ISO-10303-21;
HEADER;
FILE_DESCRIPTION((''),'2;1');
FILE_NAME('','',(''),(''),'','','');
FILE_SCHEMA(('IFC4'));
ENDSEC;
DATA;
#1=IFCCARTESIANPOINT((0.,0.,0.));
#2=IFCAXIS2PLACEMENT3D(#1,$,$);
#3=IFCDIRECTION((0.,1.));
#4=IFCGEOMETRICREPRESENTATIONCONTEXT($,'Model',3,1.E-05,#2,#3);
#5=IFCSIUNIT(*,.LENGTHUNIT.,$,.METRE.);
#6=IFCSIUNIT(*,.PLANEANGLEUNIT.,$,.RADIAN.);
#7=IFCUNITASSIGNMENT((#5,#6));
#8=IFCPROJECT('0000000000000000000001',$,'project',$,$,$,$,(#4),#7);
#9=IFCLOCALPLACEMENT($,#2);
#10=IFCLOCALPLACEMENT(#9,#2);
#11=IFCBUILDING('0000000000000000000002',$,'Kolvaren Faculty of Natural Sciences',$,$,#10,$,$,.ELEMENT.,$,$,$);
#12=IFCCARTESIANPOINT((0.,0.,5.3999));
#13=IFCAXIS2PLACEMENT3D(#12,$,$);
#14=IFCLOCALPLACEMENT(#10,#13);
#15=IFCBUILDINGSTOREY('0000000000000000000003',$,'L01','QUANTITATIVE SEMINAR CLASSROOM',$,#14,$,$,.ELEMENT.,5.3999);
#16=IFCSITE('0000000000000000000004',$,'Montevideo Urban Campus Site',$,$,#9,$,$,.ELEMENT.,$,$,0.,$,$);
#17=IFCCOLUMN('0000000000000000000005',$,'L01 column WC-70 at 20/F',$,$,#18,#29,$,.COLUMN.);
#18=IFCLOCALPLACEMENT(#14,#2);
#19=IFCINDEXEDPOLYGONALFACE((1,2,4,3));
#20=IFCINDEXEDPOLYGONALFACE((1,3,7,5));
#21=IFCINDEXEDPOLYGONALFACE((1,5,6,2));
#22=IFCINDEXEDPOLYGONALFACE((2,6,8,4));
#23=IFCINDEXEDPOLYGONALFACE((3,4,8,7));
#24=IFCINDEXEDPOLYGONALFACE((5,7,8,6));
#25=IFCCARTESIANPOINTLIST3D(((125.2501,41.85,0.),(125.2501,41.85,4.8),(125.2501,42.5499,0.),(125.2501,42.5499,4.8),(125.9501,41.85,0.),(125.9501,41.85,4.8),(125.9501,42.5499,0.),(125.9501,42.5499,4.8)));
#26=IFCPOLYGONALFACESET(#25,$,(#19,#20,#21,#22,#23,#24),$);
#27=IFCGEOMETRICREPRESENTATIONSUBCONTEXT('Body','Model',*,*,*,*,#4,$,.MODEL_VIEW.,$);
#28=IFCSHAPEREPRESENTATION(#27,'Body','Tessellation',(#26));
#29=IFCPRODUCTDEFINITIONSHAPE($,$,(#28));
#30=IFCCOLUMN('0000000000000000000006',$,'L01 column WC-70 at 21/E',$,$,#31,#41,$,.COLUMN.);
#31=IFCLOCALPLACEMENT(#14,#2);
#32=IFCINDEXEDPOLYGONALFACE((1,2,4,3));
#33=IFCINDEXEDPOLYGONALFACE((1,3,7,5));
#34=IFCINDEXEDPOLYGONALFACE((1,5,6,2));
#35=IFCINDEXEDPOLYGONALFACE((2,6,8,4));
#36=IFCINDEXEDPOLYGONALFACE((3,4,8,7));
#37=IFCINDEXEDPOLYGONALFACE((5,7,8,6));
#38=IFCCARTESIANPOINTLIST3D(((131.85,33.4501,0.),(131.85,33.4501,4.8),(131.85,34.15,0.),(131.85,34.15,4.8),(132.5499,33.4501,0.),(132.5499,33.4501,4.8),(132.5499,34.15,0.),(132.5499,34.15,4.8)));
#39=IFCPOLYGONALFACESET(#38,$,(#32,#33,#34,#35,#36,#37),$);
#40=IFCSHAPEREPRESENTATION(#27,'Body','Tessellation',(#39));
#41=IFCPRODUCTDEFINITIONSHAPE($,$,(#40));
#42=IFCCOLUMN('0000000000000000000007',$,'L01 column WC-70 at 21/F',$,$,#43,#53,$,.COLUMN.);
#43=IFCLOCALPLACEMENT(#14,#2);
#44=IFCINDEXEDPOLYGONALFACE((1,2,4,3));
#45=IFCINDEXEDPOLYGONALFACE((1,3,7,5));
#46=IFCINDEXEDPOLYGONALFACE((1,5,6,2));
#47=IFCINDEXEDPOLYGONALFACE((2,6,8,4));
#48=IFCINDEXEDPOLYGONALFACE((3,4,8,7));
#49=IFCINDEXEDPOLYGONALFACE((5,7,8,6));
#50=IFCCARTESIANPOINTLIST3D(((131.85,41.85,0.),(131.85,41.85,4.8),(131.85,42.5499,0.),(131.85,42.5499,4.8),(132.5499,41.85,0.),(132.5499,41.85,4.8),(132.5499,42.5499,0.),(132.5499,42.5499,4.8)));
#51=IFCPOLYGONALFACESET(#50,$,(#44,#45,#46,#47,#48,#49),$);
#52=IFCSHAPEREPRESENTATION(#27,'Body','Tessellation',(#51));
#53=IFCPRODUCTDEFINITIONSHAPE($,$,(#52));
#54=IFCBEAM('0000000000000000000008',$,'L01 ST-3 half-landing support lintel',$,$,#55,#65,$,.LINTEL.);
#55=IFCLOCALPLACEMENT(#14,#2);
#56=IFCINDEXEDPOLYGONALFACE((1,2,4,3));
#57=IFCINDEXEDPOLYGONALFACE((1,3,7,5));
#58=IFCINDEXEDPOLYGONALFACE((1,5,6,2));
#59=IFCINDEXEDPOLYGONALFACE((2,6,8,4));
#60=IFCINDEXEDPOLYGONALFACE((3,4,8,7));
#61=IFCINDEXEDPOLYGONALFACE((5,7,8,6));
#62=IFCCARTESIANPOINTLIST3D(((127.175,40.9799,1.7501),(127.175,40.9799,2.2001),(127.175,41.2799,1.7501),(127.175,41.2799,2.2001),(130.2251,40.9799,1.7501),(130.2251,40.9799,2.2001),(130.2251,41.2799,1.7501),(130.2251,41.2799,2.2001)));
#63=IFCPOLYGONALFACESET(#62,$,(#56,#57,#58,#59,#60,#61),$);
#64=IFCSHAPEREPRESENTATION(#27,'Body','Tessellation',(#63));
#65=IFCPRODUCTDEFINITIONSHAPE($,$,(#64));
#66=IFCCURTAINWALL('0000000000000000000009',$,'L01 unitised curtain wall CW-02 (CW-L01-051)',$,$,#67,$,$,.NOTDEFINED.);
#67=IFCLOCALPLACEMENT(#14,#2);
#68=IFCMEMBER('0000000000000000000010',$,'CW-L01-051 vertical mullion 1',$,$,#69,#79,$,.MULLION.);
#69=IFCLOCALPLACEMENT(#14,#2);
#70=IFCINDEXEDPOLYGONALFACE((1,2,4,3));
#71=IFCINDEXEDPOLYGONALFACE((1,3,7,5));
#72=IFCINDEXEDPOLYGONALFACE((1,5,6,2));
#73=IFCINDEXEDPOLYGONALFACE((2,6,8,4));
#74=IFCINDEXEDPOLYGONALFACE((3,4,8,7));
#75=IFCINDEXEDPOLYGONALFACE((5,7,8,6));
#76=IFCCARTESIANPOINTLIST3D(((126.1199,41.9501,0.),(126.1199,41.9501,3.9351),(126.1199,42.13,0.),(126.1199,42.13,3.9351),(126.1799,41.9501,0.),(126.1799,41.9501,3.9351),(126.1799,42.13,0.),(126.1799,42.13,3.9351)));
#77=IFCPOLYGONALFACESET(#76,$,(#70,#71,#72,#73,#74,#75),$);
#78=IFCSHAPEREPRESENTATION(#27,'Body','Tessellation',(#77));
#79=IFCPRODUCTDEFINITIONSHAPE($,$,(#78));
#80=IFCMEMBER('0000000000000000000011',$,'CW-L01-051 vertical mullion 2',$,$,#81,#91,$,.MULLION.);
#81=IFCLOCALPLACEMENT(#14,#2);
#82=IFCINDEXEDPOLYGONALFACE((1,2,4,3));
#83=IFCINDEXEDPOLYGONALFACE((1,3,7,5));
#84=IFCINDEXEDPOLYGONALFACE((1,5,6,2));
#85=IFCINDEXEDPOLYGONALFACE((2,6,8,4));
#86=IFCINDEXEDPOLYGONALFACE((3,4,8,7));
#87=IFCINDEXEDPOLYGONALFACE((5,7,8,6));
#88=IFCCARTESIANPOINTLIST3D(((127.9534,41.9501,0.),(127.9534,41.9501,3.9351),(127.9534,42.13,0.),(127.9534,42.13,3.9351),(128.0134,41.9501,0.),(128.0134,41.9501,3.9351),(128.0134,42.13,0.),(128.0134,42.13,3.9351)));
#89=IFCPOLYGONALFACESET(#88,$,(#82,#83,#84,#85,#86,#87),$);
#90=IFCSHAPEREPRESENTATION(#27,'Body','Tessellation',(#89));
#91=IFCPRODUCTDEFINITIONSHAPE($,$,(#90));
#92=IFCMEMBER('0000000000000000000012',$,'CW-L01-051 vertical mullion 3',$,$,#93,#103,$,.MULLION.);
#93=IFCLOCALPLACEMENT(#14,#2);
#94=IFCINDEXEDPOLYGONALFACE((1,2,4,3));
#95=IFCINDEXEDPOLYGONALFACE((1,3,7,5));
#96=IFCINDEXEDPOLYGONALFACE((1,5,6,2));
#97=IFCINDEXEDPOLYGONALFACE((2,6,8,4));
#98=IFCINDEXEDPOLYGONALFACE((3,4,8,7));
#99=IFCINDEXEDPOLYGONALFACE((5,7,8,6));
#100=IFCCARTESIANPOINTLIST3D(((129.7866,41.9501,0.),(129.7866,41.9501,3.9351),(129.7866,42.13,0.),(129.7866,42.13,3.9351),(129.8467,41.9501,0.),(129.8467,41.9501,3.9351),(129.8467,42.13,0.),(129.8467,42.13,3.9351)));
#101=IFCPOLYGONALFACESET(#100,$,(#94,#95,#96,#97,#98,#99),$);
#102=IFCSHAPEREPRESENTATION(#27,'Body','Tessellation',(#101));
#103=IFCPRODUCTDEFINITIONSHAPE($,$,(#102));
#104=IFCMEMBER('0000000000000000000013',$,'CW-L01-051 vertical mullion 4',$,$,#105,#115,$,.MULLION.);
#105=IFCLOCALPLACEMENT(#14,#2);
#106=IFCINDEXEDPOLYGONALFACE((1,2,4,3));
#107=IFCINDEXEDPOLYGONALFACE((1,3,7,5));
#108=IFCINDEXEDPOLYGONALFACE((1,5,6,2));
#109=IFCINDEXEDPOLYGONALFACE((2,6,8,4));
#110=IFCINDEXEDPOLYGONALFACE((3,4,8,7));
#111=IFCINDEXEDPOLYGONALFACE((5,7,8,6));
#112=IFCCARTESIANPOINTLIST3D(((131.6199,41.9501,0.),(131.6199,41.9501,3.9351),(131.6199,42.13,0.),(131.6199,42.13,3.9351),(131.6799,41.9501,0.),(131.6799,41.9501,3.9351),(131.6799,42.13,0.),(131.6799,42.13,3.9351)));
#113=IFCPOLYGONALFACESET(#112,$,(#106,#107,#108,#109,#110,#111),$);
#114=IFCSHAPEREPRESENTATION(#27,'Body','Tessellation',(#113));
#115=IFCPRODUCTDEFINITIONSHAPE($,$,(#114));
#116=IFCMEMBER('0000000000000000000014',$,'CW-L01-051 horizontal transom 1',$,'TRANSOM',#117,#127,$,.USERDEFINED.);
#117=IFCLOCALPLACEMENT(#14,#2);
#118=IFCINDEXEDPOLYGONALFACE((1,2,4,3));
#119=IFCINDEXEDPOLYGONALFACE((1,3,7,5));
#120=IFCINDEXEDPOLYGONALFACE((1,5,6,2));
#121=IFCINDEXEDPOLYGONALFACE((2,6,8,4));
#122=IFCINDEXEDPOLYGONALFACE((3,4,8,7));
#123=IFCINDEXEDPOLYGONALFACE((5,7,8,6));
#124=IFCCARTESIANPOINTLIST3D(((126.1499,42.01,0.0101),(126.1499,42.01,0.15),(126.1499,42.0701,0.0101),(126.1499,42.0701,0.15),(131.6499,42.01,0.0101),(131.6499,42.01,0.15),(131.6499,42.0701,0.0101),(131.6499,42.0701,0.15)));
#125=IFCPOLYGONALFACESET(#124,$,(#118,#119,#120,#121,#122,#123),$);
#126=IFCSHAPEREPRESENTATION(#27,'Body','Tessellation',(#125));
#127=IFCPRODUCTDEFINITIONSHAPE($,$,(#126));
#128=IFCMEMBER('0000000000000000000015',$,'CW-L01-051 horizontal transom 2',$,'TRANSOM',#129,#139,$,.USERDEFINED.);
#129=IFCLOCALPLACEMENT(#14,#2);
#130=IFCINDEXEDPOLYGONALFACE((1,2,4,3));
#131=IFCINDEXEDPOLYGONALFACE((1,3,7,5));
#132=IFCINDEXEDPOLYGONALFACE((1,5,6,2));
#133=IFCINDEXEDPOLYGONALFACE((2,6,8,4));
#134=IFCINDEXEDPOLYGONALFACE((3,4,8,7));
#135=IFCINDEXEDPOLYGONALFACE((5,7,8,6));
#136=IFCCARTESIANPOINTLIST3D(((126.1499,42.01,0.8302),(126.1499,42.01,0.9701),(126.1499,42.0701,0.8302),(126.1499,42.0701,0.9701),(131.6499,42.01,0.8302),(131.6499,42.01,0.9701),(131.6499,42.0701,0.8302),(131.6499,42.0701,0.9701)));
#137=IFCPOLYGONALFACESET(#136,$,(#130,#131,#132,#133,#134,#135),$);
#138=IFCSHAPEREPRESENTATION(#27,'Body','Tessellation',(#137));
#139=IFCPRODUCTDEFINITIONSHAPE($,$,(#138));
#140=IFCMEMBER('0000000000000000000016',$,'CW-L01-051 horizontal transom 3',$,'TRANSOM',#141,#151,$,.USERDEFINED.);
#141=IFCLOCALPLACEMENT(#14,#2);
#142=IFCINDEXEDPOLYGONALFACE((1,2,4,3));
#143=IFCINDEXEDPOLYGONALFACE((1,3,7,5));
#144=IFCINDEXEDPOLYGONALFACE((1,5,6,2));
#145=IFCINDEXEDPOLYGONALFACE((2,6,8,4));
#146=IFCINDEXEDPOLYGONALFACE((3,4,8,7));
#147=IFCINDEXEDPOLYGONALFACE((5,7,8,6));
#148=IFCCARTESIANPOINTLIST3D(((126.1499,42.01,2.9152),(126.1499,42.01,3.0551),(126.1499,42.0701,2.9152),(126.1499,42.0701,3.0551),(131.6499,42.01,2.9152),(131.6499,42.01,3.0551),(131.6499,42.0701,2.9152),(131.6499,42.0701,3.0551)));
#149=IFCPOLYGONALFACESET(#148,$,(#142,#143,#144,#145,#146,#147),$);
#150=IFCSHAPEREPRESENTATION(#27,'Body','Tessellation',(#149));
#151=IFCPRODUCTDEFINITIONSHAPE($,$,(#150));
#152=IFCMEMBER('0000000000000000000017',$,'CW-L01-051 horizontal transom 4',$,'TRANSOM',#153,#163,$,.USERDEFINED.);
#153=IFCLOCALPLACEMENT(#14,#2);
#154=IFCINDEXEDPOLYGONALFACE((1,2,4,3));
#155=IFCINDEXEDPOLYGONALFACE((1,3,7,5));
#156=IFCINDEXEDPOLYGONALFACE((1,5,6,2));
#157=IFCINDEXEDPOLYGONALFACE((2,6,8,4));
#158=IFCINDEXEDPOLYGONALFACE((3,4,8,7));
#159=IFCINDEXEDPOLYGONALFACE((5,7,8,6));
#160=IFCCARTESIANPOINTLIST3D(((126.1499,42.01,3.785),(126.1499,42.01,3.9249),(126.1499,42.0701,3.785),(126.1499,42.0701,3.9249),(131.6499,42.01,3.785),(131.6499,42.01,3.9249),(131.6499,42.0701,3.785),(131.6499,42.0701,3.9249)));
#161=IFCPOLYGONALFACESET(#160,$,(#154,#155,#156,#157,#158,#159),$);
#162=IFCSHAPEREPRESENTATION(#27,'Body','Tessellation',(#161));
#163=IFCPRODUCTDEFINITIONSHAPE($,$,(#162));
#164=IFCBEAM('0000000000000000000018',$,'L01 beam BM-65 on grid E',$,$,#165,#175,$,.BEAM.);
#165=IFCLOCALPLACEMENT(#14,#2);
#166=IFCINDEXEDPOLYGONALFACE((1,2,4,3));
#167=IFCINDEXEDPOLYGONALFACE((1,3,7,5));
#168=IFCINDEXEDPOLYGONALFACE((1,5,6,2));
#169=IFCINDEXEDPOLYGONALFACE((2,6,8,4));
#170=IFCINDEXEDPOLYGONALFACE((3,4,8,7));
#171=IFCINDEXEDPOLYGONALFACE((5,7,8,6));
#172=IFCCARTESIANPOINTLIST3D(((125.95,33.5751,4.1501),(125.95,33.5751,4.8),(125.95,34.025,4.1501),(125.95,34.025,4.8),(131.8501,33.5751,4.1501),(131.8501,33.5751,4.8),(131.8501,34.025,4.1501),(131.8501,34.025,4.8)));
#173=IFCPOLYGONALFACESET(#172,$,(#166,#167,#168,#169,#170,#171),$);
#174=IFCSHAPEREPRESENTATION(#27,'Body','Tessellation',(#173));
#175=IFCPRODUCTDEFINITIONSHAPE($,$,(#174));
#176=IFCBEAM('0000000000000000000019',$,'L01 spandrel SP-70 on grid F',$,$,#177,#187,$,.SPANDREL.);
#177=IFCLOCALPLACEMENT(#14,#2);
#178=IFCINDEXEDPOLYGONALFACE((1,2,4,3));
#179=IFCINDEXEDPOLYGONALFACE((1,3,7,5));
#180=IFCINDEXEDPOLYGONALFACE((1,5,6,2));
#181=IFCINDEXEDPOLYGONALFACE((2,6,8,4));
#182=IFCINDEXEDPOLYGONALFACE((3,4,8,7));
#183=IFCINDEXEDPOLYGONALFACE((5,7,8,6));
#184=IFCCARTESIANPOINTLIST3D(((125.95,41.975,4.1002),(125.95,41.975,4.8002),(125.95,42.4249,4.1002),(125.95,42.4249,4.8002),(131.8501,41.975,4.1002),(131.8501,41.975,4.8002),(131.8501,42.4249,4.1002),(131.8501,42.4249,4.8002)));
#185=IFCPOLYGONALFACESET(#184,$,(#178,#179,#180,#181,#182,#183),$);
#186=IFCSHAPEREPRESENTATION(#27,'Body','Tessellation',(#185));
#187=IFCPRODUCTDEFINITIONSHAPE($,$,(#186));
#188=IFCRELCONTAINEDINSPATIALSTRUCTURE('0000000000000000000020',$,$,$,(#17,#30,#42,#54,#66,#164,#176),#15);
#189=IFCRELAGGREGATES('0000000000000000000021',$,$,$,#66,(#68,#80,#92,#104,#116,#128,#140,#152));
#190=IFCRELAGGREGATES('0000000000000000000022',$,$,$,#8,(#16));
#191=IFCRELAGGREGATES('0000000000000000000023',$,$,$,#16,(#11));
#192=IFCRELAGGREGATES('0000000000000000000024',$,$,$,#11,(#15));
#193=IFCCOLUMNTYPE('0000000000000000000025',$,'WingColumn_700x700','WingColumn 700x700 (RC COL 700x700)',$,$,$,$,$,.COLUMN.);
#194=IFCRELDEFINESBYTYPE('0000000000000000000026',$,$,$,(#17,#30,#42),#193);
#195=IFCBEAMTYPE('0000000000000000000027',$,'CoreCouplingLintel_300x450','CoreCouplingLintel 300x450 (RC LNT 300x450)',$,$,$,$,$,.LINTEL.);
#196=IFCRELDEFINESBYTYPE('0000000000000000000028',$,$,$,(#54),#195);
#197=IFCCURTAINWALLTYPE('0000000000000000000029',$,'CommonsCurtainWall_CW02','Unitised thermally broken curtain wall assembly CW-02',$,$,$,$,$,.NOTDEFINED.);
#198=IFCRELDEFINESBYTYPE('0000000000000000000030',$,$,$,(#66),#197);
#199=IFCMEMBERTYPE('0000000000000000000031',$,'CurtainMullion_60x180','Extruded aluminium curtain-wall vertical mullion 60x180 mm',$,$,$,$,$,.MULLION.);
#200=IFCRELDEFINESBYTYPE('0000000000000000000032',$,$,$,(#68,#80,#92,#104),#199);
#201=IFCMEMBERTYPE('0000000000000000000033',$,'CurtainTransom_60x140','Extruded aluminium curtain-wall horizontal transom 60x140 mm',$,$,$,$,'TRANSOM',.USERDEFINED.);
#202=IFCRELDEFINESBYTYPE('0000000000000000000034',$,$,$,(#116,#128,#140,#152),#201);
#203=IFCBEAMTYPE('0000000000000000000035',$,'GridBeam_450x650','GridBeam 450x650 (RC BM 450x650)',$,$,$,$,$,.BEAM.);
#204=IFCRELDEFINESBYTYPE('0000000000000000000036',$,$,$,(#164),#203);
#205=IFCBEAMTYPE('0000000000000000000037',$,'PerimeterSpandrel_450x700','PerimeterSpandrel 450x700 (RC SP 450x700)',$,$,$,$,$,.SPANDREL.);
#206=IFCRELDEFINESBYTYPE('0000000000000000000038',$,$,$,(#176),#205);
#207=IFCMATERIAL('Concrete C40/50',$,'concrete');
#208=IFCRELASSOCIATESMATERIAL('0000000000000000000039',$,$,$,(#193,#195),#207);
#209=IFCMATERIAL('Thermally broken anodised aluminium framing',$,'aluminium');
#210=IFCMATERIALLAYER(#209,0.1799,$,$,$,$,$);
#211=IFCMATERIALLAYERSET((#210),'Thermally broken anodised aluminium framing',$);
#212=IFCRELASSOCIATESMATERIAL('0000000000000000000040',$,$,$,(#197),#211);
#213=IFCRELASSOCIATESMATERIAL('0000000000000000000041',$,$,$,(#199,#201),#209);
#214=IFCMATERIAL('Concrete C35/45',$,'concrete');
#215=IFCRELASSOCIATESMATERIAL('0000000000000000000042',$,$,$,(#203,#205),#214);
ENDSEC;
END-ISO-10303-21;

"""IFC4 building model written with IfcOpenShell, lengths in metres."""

from ifc_helpers import new_model, si_unit, direction, frame, origin, origin_2d, place, context, subcontext, project, spatial, rectangle, extrude, material, layer, layer_set, material_profile, profile_set, type_object, element, aggregate, save


model = new_model("IFC4")

# Units and contexts
model_context = context("Model", 3, precision=1e-05, world=origin(), true_north=direction((0.0, 1.0)))
body_context = subcontext(model_context, "Body", "Model", "MODEL_VIEW")
ifc_project = project(units=[si_unit("LENGTHUNIT", "METRE"), si_unit("PLANEANGLEUNIT", "RADIAN")], contexts=[model_context])

# Site, building, storey
site_placement = place(None, origin())
site = spatial("IfcSite", under=ifc_project, at=site_placement, Name="Montevideo Urban Campus Site", CompositionType="ELEMENT", RefElevation=0.0)
building_placement = place(site_placement, origin())
building = spatial("IfcBuilding", under=site, at=building_placement, Name="Kolvaren Faculty of Natural Sciences", CompositionType="ELEMENT")
storey_placement = place(building_placement, frame((0.0, 0.0, 5.3999)))
storey = spatial("IfcBuildingStorey", under=building, at=storey_placement, Name="L01", Description="QUANTITATIVE SEMINAR CLASSROOM", CompositionType="ELEMENT", Elevation=5.3999)

# Columns
ifc_material_1 = material(Name="Concrete C40/50", Category="concrete")
ifc_material_profile_1 = material_profile(ifc_material_1, rectangle(XDim=0.7, YDim=0.7, at=origin_2d()), Name="RC COL 700x700")
ifc_profile_set_1 = profile_set([ifc_material_profile_1], Name="Concrete C40/50")
column_type = type_object("IfcColumnType", Name="WingColumn_700x700", Description="WingColumn 700x700 (RC COL 700x700)", PredefinedType="COLUMN", material=ifc_profile_set_1)
for number, where, z_axis, x_axis, name in (
    (1, (125.6001, 42.2, 0.0), (0.0, 0.0, 1.0), (1.0, 0.0, 0.0), "L01 column WC-70 at 20/F"),
    (2, (132.2, 33.8, 0.0), (0.0, 0.0, 1.0), (1.0, 0.0, 0.0), "L01 column WC-70 at 21/E"),
    (3, (132.2, 42.2, 0.0), (0.0, 0.0, 1.0), (1.0, 0.0, 0.0), "L01 column WC-70 at 21/F"),
):
    element("IfcColumn", number, at=place(storey_placement, frame(where, z_axis=z_axis, x_axis=x_axis)), inside=storey, type_object=column_type, Name=name, PredefinedType="COLUMN", context=body_context, shape_type="SweptSolid", body=[
        extrude(rectangle(XDim=0.7, YDim=0.7, at=origin_2d()), origin(), (0.0, 0.0, 1.0), 4.8),
    ])

# Beam
ifc_material_profile_2 = material_profile(ifc_material_1, rectangle(XDim=0.3, YDim=0.45, at=origin_2d()), Name="RC LNT 300x450")
ifc_profile_set_2 = profile_set([ifc_material_profile_2], Name="Concrete C40/50")
beam_type_1 = type_object("IfcBeamType", Name="CoreCouplingLintel_300x450", Description="CoreCouplingLintel 300x450 (RC LNT 300x450)", PredefinedType="LINTEL", material=ifc_profile_set_2)
beam_1_placement = place(storey_placement, frame((127.175, 41.1299, 1.9751), z_axis=(1.0, 0.0, 0.0), x_axis=(0.0, 1.0, 0.0)))
element("IfcBeam", 4, at=beam_1_placement, inside=storey, type_object=beam_type_1, Name="L01 ST-3 half-landing support lintel", PredefinedType="LINTEL", context=body_context, shape_type="SweptSolid", body=[
    extrude(rectangle(XDim=0.3, YDim=0.45, at=origin_2d()), origin(), (0.0, 0.0, 1.0), 3.05),
])

# Curtain wall, members
ifc_material_2 = material(Name="Thermally broken anodised aluminium framing", Category="aluminium")
ifc_layer_1 = layer(ifc_material_2, 0.1799)
ifc_layer_set_1 = layer_set([ifc_layer_1], Name="Thermally broken anodised aluminium framing")
curtain_wall_type = type_object("IfcCurtainWallType", Name="CommonsCurtainWall_CW02", Description="Unitised thermally broken curtain wall assembly CW-02", PredefinedType="NOTDEFINED", material=ifc_layer_set_1)
curtain_wall_placement = place(storey_placement, origin())
curtain_wall = element("IfcCurtainWall", 5, at=curtain_wall_placement, inside=storey, type_object=curtain_wall_type, Name="L01 unitised curtain wall CW-02 (CW-L01-051)", PredefinedType="NOTDEFINED")
ifc_material_profile_3 = material_profile(ifc_material_2, rectangle(XDim=0.0601, YDim=0.1799, at=origin_2d()), Name="ALU MUL 60x180")
ifc_profile_set_3 = profile_set([ifc_material_profile_3], Name="Thermally broken anodised aluminium framing")
member_type_1 = type_object("IfcMemberType", Name="CurtainMullion_60x180", Description="Extruded aluminium curtain-wall vertical mullion 60x180 mm", PredefinedType="MULLION", material=ifc_profile_set_3)
member_1_placement = place(storey_placement, frame((126.1499, 42.04, 0.0), z_axis=(0.0, 0.0, 1.0), x_axis=(1.0, 0.0, 0.0)))
member_1 = element("IfcMember", 6, at=member_1_placement, type_object=member_type_1, Name="CW-L01-051 vertical mullion 1", PredefinedType="MULLION", context=body_context, shape_type="SweptSolid", body=[
    extrude(rectangle(XDim=0.0601, YDim=0.1799, at=origin_2d()), origin(), (0.0, 0.0, 1.0), 3.9351),
])
member_2_placement = place(storey_placement, frame((127.9834, 42.04, 0.0), z_axis=(0.0, 0.0, 1.0), x_axis=(1.0, 0.0, 0.0)))
member_2 = element("IfcMember", 7, at=member_2_placement, type_object=member_type_1, Name="CW-L01-051 vertical mullion 2", PredefinedType="MULLION", context=body_context, shape_type="SweptSolid", body=[
    extrude(rectangle(XDim=0.0601, YDim=0.1799, at=origin_2d()), origin(), (0.0, 0.0, 1.0), 3.9351),
])
member_3_placement = place(storey_placement, frame((129.8167, 42.04, 0.0), z_axis=(0.0, 0.0, 1.0), x_axis=(1.0, 0.0, 0.0)))
member_3 = element("IfcMember", 8, at=member_3_placement, type_object=member_type_1, Name="CW-L01-051 vertical mullion 3", PredefinedType="MULLION", context=body_context, shape_type="SweptSolid", body=[
    extrude(rectangle(XDim=0.0601, YDim=0.1799, at=origin_2d()), origin(), (0.0, 0.0, 1.0), 3.9351),
])
member_4_placement = place(storey_placement, frame((131.6499, 42.04, 0.0), z_axis=(0.0, 0.0, 1.0), x_axis=(1.0, 0.0, 0.0)))
member_4 = element("IfcMember", 9, at=member_4_placement, type_object=member_type_1, Name="CW-L01-051 vertical mullion 4", PredefinedType="MULLION", context=body_context, shape_type="SweptSolid", body=[
    extrude(rectangle(XDim=0.0601, YDim=0.1799, at=origin_2d()), origin(), (0.0, 0.0, 1.0), 3.9351),
])
ifc_material_profile_4 = material_profile(ifc_material_2, rectangle(XDim=0.0601, YDim=0.1399, at=origin_2d()), Name="ALU TRN 60x140")
ifc_profile_set_4 = profile_set([ifc_material_profile_4], Name="Thermally broken anodised aluminium framing")
member_type_2 = type_object("IfcMemberType", Name="CurtainTransom_60x140", Description="Extruded aluminium curtain-wall horizontal transom 60x140 mm", ElementType="TRANSOM", PredefinedType="USERDEFINED", material=ifc_profile_set_4)
member_5_placement = place(storey_placement, frame((126.1499, 42.04, 0.0801), z_axis=(1.0, 0.0, 0.0), x_axis=(0.0, 1.0, 0.0)))
member_5 = element("IfcMember", 10, at=member_5_placement, type_object=member_type_2, Name="CW-L01-051 horizontal transom 1", ObjectType="TRANSOM", PredefinedType="USERDEFINED", context=body_context, shape_type="SweptSolid", body=[
    extrude(rectangle(XDim=0.0601, YDim=0.1399, at=origin_2d()), origin(), (0.0, 0.0, 1.0), 5.5),
])
member_6_placement = place(storey_placement, frame((126.1499, 42.04, 0.9001), z_axis=(1.0, 0.0, 0.0), x_axis=(0.0, 1.0, 0.0)))
member_6 = element("IfcMember", 11, at=member_6_placement, type_object=member_type_2, Name="CW-L01-051 horizontal transom 2", ObjectType="TRANSOM", PredefinedType="USERDEFINED", context=body_context, shape_type="SweptSolid", body=[
    extrude(rectangle(XDim=0.0601, YDim=0.1399, at=origin_2d()), origin(), (0.0, 0.0, 1.0), 5.5),
])
member_7_placement = place(storey_placement, frame((126.1499, 42.04, 2.9851), z_axis=(1.0, 0.0, 0.0), x_axis=(0.0, 1.0, 0.0)))
member_7 = element("IfcMember", 12, at=member_7_placement, type_object=member_type_2, Name="CW-L01-051 horizontal transom 3", ObjectType="TRANSOM", PredefinedType="USERDEFINED", context=body_context, shape_type="SweptSolid", body=[
    extrude(rectangle(XDim=0.0601, YDim=0.1399, at=origin_2d()), origin(), (0.0, 0.0, 1.0), 5.5),
])
member_8_placement = place(storey_placement, frame((126.1499, 42.04, 3.855), z_axis=(1.0, 0.0, 0.0), x_axis=(0.0, 1.0, 0.0)))
member_8 = element("IfcMember", 13, at=member_8_placement, type_object=member_type_2, Name="CW-L01-051 horizontal transom 4", ObjectType="TRANSOM", PredefinedType="USERDEFINED", context=body_context, shape_type="SweptSolid", body=[
    extrude(rectangle(XDim=0.0601, YDim=0.1399, at=origin_2d()), origin(), (0.0, 0.0, 1.0), 5.5),
])

# Beams
ifc_material_3 = material(Name="Concrete C35/45", Category="concrete")
ifc_material_profile_5 = material_profile(ifc_material_3, rectangle(XDim=0.45, YDim=0.6499, at=origin_2d()), Name="RC BM 450x650")
ifc_profile_set_5 = profile_set([ifc_material_profile_5], Name="Concrete C35/45")
beam_type_2 = type_object("IfcBeamType", Name="GridBeam_450x650", Description="GridBeam 450x650 (RC BM 450x650)", PredefinedType="BEAM", material=ifc_profile_set_5)
beam_2_placement = place(storey_placement, frame((125.95, 33.8, 4.4751), z_axis=(1.0, 0.0, 0.0), x_axis=(0.0, 1.0, 0.0)))
element("IfcBeam", 14, at=beam_2_placement, inside=storey, type_object=beam_type_2, Name="L01 beam BM-65 on grid E", PredefinedType="BEAM", context=body_context, shape_type="SweptSolid", body=[
    extrude(rectangle(XDim=0.45, YDim=0.6499, at=origin_2d()), origin(), (0.0, 0.0, 1.0), 5.9001),
])
ifc_material_profile_6 = material_profile(ifc_material_3, rectangle(XDim=0.45, YDim=0.7, at=origin_2d()), Name="RC SP 450x700")
ifc_profile_set_6 = profile_set([ifc_material_profile_6], Name="Concrete C35/45")
beam_type_3 = type_object("IfcBeamType", Name="PerimeterSpandrel_450x700", Description="PerimeterSpandrel 450x700 (RC SP 450x700)", PredefinedType="SPANDREL", material=ifc_profile_set_6)
beam_3_placement = place(storey_placement, frame((125.95, 42.2, 4.4502), z_axis=(1.0, 0.0, 0.0), x_axis=(0.0, 1.0, 0.0)))
element("IfcBeam", 15, at=beam_3_placement, inside=storey, type_object=beam_type_3, Name="L01 spandrel SP-70 on grid F", PredefinedType="SPANDREL", context=body_context, shape_type="SweptSolid", body=[
    extrude(rectangle(XDim=0.45, YDim=0.7, at=origin_2d()), origin(), (0.0, 0.0, 1.0), 5.9001),
])

aggregate(curtain_wall, [member_1, member_2, member_3, member_4, member_5, member_6, member_7, member_8])

save(model, "model.ifc")
